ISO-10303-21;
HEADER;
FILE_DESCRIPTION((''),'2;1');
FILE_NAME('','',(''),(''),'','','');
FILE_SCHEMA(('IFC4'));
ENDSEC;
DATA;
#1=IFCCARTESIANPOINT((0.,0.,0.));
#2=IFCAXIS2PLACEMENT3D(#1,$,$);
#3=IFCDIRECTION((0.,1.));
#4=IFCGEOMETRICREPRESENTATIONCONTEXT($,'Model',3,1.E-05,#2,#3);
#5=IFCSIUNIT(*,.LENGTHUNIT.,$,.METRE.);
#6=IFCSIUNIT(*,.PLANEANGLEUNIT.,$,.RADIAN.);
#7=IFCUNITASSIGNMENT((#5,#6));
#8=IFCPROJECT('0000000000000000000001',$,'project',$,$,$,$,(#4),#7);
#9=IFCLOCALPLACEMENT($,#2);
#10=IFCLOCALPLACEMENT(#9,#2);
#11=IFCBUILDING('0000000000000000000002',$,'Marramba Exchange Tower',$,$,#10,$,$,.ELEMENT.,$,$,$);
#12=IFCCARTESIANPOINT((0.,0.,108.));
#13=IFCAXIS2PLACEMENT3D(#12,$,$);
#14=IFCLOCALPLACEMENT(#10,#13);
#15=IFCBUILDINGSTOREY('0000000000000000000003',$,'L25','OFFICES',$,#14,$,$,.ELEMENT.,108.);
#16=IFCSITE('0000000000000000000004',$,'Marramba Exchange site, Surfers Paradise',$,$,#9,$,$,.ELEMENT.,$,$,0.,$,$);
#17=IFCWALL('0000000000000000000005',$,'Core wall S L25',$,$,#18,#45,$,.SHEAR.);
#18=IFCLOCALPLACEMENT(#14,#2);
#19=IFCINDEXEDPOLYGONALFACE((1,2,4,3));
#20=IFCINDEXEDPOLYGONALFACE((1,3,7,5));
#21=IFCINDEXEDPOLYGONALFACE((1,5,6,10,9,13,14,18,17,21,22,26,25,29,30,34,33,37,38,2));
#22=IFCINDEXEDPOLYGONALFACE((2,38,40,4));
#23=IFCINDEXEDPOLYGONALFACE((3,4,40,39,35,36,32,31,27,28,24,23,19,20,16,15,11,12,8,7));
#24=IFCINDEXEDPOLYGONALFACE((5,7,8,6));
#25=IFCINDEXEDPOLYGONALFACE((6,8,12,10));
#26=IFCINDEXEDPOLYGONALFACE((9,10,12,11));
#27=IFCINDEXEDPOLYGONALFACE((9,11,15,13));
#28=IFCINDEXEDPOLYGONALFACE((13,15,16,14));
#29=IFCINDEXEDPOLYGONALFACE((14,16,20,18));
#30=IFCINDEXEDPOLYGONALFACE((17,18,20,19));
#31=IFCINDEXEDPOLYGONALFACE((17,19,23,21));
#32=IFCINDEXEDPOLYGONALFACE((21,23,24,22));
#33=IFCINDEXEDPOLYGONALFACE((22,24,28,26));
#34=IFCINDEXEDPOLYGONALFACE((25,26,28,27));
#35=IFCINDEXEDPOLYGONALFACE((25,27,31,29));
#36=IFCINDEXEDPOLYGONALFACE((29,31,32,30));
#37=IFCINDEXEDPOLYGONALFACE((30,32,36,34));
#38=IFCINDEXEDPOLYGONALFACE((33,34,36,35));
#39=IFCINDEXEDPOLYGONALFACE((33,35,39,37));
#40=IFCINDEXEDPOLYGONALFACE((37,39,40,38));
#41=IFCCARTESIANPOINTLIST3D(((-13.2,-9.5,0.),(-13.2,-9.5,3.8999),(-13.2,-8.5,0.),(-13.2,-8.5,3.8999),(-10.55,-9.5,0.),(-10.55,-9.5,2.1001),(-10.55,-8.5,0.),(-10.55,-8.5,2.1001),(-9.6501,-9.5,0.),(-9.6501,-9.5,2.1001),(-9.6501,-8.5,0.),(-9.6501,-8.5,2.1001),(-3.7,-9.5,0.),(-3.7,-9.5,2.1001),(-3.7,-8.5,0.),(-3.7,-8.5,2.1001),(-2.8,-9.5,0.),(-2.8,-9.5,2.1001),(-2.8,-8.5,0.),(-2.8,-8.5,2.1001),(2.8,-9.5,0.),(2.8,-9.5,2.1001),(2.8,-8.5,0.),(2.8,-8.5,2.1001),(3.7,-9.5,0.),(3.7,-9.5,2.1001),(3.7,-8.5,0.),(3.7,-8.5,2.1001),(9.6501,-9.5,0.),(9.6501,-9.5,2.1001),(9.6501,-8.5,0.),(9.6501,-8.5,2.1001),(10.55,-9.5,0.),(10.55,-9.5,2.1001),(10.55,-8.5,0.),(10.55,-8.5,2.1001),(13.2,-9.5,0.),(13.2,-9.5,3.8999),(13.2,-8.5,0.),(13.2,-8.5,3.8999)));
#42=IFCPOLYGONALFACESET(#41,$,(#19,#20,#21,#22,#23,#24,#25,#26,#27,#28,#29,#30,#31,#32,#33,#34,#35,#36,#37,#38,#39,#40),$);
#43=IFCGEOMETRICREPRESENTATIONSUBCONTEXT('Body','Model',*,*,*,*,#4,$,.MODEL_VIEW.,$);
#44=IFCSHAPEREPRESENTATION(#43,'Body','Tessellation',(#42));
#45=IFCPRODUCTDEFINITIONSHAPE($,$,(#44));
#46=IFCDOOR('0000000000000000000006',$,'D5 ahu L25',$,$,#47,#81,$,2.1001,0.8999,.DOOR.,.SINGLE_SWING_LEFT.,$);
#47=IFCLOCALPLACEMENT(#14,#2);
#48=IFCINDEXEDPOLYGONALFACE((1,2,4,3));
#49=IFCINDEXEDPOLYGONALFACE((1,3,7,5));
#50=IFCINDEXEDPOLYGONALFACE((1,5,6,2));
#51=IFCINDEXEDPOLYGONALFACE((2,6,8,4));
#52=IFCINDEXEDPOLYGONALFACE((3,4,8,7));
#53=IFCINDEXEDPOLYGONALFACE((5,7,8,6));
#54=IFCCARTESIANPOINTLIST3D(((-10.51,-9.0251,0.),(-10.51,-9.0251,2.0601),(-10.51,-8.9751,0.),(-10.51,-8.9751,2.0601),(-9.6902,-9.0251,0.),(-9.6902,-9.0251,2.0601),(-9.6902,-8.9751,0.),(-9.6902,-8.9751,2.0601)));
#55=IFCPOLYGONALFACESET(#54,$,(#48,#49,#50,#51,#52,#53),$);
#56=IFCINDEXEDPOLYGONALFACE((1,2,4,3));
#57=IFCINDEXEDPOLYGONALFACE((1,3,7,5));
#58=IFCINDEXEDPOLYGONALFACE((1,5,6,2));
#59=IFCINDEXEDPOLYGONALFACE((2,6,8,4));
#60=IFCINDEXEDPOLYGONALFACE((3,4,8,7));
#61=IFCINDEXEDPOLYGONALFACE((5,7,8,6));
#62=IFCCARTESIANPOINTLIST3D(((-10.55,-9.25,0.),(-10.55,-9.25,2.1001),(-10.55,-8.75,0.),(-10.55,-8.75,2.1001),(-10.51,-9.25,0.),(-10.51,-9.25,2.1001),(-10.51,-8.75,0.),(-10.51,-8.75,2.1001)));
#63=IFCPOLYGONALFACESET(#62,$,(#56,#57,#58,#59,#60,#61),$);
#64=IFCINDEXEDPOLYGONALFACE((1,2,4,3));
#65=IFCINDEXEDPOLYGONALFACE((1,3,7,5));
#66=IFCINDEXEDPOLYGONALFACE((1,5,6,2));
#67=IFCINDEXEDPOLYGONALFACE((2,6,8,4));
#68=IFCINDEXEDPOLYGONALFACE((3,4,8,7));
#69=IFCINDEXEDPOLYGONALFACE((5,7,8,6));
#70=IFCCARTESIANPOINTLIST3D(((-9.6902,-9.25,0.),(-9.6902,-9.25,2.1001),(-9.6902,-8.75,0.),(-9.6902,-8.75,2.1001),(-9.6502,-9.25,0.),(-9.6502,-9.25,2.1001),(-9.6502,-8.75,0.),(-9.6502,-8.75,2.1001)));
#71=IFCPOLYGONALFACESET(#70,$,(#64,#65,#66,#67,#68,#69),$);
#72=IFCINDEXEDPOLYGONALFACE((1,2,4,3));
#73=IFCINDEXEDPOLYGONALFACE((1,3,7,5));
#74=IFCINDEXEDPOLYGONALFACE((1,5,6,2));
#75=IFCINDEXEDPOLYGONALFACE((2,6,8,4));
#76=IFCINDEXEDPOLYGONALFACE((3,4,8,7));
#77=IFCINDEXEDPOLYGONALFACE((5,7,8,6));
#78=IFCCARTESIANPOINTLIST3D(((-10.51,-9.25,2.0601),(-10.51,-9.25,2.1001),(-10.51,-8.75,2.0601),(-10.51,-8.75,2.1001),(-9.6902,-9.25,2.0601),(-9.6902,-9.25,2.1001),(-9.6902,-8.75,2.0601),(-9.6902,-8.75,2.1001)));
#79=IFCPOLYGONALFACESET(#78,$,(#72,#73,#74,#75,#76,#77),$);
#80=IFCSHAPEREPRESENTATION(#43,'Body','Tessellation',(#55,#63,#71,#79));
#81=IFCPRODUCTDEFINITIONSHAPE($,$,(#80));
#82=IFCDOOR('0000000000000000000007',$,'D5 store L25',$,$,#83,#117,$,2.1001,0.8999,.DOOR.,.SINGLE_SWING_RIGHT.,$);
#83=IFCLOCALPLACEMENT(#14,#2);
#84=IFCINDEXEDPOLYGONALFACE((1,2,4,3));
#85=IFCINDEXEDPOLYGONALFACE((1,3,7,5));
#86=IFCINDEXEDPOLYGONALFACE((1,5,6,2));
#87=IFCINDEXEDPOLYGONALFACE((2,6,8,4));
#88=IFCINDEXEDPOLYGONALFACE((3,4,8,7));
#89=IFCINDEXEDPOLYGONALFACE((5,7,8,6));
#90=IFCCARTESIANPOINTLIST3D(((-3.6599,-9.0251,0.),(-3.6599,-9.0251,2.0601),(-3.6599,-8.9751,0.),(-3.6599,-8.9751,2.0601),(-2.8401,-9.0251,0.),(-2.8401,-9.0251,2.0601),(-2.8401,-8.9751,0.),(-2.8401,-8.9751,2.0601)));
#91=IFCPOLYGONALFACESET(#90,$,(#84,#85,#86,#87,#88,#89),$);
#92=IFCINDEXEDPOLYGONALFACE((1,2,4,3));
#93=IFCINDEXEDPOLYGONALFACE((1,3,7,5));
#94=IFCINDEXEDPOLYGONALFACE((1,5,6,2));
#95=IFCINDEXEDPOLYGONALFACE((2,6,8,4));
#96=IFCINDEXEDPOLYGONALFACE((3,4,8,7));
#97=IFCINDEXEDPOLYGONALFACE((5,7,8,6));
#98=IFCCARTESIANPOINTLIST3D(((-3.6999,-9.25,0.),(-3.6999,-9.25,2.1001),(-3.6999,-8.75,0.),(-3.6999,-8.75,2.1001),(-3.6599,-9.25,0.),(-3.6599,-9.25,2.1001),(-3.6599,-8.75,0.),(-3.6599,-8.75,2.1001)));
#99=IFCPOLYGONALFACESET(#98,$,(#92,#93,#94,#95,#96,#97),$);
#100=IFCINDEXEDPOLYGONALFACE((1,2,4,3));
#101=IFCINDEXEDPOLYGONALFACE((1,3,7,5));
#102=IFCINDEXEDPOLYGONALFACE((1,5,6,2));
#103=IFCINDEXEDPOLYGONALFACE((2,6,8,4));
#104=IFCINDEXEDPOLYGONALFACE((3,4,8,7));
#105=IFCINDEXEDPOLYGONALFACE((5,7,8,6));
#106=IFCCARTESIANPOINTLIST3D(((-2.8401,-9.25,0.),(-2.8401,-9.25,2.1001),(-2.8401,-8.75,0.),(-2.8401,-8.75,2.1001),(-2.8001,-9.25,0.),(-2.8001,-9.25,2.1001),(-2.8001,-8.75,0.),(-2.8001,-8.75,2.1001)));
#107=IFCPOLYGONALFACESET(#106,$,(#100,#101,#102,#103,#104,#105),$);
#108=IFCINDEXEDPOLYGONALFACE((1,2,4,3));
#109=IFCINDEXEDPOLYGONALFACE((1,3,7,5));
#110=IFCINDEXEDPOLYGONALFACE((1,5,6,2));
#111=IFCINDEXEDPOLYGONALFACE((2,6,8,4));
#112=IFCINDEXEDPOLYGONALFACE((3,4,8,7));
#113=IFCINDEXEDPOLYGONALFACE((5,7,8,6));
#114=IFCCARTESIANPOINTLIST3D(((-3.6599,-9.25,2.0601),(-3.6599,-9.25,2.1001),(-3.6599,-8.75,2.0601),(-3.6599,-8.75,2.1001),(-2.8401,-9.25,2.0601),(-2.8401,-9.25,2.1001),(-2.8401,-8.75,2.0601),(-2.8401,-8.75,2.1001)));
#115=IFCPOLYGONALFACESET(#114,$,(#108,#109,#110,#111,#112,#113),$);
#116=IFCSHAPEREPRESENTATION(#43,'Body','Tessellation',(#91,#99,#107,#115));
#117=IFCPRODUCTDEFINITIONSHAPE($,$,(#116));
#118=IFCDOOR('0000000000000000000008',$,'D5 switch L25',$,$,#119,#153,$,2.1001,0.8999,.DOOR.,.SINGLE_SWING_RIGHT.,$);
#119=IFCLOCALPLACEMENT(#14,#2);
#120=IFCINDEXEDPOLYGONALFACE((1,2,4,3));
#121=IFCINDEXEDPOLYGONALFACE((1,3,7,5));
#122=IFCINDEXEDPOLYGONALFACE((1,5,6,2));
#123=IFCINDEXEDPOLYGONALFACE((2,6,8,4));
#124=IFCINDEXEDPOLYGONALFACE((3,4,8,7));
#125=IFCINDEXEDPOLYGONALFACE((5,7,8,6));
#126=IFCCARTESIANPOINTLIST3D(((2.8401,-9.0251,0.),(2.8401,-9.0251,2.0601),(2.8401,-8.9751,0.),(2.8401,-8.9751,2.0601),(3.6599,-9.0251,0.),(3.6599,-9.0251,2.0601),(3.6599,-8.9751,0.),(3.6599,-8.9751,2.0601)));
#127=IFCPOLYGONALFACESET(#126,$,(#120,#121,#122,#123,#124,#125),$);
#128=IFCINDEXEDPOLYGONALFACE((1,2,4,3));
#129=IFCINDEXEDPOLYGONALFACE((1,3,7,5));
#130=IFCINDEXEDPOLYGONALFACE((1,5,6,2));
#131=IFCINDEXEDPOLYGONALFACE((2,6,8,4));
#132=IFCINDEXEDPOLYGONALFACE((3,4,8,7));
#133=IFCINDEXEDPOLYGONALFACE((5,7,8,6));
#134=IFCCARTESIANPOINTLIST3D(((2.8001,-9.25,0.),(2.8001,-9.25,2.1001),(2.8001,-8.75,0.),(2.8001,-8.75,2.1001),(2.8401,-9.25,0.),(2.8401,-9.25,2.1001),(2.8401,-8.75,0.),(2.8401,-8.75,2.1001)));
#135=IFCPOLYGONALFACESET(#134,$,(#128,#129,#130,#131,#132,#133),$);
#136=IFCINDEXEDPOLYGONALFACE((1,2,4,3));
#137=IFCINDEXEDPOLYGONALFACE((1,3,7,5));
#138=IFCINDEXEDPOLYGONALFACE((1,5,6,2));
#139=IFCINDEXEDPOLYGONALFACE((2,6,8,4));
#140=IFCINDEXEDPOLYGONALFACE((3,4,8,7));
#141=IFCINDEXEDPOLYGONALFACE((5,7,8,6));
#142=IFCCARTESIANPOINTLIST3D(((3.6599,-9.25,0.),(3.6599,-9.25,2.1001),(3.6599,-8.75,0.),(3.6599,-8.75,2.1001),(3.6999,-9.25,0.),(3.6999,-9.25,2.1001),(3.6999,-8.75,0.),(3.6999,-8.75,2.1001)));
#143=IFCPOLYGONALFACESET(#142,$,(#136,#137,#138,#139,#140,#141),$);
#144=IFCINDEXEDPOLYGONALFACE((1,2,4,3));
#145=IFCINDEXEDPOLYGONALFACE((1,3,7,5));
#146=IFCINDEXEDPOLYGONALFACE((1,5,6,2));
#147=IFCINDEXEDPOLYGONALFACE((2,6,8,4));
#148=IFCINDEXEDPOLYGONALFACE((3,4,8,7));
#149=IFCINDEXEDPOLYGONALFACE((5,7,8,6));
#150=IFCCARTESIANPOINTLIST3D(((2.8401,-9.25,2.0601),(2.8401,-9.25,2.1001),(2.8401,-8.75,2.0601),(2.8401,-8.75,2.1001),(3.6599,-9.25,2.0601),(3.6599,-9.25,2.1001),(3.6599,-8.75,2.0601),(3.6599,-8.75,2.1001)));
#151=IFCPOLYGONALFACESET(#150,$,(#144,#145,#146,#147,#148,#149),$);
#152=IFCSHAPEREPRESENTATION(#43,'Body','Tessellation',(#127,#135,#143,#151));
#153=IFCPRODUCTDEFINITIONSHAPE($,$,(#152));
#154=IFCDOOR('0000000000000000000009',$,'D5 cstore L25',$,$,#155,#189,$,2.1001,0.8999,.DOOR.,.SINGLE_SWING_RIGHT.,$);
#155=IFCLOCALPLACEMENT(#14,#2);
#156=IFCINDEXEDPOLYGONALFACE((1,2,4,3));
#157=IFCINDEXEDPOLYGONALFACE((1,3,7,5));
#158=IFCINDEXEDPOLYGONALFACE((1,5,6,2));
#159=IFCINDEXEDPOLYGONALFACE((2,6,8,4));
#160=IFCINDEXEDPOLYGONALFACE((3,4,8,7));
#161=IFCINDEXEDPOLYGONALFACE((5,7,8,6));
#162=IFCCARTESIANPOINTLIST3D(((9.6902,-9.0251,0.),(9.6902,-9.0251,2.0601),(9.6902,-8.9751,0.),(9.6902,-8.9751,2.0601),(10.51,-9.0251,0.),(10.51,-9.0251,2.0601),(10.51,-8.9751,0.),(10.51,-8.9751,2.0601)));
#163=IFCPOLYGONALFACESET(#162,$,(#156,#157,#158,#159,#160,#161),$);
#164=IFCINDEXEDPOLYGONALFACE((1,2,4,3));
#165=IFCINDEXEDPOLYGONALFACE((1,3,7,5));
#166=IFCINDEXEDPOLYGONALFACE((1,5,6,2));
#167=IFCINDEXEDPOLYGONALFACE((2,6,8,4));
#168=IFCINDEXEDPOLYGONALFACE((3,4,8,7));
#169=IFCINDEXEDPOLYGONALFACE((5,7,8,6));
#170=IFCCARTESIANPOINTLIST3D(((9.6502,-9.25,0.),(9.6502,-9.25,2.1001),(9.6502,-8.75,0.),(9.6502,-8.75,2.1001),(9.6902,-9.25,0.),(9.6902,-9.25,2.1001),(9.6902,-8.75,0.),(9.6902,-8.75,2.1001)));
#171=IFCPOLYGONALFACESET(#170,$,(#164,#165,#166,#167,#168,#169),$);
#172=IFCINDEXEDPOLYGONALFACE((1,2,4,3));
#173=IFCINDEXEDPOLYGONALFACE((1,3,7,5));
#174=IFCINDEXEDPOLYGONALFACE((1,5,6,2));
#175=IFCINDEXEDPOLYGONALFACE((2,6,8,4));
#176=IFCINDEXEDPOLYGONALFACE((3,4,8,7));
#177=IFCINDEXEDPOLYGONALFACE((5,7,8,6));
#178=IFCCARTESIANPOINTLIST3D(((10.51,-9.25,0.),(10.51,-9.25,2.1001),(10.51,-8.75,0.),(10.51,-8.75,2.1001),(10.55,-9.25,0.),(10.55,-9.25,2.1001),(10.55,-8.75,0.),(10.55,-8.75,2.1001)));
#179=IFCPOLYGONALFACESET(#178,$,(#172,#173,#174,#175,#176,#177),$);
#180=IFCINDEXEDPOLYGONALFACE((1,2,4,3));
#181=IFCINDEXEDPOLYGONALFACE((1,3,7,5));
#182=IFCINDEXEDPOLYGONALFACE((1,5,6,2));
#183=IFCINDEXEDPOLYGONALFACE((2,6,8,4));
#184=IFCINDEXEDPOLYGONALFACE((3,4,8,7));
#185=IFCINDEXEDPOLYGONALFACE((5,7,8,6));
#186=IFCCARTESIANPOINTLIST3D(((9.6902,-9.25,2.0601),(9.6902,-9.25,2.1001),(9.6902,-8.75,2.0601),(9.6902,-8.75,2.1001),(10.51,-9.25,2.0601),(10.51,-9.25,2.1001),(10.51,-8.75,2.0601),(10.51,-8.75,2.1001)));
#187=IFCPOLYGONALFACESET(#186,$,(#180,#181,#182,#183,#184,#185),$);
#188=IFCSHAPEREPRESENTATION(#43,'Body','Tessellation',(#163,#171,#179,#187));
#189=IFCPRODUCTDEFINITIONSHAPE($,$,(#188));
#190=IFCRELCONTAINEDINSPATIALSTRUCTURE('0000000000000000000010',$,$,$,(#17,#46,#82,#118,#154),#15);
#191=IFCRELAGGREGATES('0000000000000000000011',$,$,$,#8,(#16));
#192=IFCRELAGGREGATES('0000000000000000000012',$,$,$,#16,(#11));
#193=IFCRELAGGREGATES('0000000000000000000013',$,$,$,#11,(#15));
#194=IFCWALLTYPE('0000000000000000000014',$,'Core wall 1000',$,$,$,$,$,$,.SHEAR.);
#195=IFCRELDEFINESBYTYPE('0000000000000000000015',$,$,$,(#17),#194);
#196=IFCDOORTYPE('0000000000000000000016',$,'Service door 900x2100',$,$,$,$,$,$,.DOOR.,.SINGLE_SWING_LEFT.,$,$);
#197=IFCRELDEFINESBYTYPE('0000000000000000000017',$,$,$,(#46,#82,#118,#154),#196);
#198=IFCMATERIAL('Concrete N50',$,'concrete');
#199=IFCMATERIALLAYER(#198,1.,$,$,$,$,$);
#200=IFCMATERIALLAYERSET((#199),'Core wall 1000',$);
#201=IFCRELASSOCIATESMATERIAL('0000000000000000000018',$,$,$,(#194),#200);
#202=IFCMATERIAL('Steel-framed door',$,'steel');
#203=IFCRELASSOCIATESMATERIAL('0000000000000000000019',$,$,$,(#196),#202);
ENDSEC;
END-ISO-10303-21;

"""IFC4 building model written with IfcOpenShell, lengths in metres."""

from ifc_helpers import new_model, si_unit, direction, frame, frame_2d, origin, place, context, subcontext, project, spatial, rectangle, extrude, material, layer, layer_set, type_object, element, fill, save


model = new_model("IFC4")

# Units and contexts
model_context = context("Model", 3, precision=1e-05, world=origin(), true_north=direction((0.0, 1.0)))
body_context = subcontext(model_context, "Body", "Model", "MODEL_VIEW")
ifc_project = project(units=[si_unit("LENGTHUNIT", "METRE"), si_unit("PLANEANGLEUNIT", "RADIAN")], contexts=[model_context])

# Site, building, storey
site_placement = place(None, origin())
site = spatial("IfcSite", under=ifc_project, at=site_placement, Name="Marramba Exchange site, Surfers Paradise", CompositionType="ELEMENT", RefElevation=0.0)
building_placement = place(site_placement, origin())
building = spatial("IfcBuilding", under=site, at=building_placement, Name="Marramba Exchange Tower", CompositionType="ELEMENT")
storey_placement = place(building_placement, frame((0.0, 0.0, 108.0)))
storey = spatial("IfcBuildingStorey", under=building, at=storey_placement, Name="L25", Description="OFFICES", CompositionType="ELEMENT", Elevation=108.0)

# Shared definitions
ifc_material_1 = material(Name="Concrete N50", Category="concrete")

# Wall, openings, doors
ifc_layer_1 = layer(ifc_material_1, 1.0)
ifc_layer_set_1 = layer_set([ifc_layer_1], Name="Core wall 1000")
wall_type_1 = type_object("IfcWallType", Name="Core wall 1000", PredefinedType="SHEAR", material=ifc_layer_set_1)
wall_1_placement = place(storey_placement, frame((-13.2, -9.0, 0.0), z_axis=(0.0, 0.0, 1.0), x_axis=(1.0, 0.0, 0.0)))
wall_1 = element("IfcWall", 1, at=wall_1_placement, inside=storey, type_object=wall_type_1, Name="Core wall S L25", PredefinedType="SHEAR", context=body_context, shape_type="SweptSolid", body=[
    extrude(rectangle(XDim=26.3999, YDim=1.0, at=frame_2d((13.2, 0.0))), origin(), (0.0, 0.0, 1.0), 3.8999),
])
opening_1_placement = place(wall_1_placement, frame((2.6499, 0.0, 0.0)))
opening_1 = element("IfcOpeningElement", 2, at=opening_1_placement, cuts=wall_1, PredefinedType="OPENING", context=body_context, shape_type="SweptSolid", body=[
    extrude(rectangle(XDim=0.8999, YDim=2.1001, at=frame_2d((0.45, 1.05))), frame((0.0, 0.51, 0.0), z_axis=(0.0, -1.0, 0.0), x_axis=(1.0, 0.0, 0.0)), (0.0, 0.0, 1.0), 1.02),
])
opening_2_placement = place(wall_1_placement, frame((9.5, 0.0, 0.0)))
opening_2 = element("IfcOpeningElement", 3, at=opening_2_placement, cuts=wall_1, PredefinedType="OPENING", context=body_context, shape_type="SweptSolid", body=[
    extrude(rectangle(XDim=0.8999, YDim=2.1001, at=frame_2d((0.45, 1.05))), frame((0.0, 0.51, 0.0), z_axis=(0.0, -1.0, 0.0), x_axis=(1.0, 0.0, 0.0)), (0.0, 0.0, 1.0), 1.02),
])
opening_3_placement = place(wall_1_placement, frame((16.0, 0.0, 0.0)))
opening_3 = element("IfcOpeningElement", 4, at=opening_3_placement, cuts=wall_1, PredefinedType="OPENING", context=body_context, shape_type="SweptSolid", body=[
    extrude(rectangle(XDim=0.8999, YDim=2.1001, at=frame_2d((0.45, 1.05))), frame((0.0, 0.51, 0.0), z_axis=(0.0, -1.0, 0.0), x_axis=(1.0, 0.0, 0.0)), (0.0, 0.0, 1.0), 1.02),
])
opening_4_placement = place(wall_1_placement, frame((22.8501, 0.0, 0.0)))
opening_4 = element("IfcOpeningElement", 5, at=opening_4_placement, cuts=wall_1, PredefinedType="OPENING", context=body_context, shape_type="SweptSolid", body=[
    extrude(rectangle(XDim=0.8999, YDim=2.1001, at=frame_2d((0.45, 1.05))), frame((0.0, 0.51, 0.0), z_axis=(0.0, -1.0, 0.0), x_axis=(1.0, 0.0, 0.0)), (0.0, 0.0, 1.0), 1.02),
])
ifc_material_2 = material(Name="Steel-framed door", Category="steel")
door_type = type_object("IfcDoorType", Name="Service door 900x2100", OperationType="SINGLE_SWING_LEFT", PredefinedType="DOOR", material=ifc_material_2)
door_1_placement = place(opening_1_placement, origin())
door_1 = element("IfcDoor", 6, at=door_1_placement, inside=storey, type_object=door_type, Name="D5 ahu L25", OperationType="SINGLE_SWING_LEFT", OverallHeight=2.1001, OverallWidth=0.8999, PredefinedType="DOOR", context=body_context, shape_type="SweptSolid", body=[
    extrude(rectangle(XDim=0.8198, YDim=2.0601, at=frame_2d((0.45, 1.03))), frame((0.0, 0.0249, 0.0), z_axis=(0.0, -1.0, 0.0), x_axis=(1.0, 0.0, 0.0)), (0.0, 0.0, 1.0), 0.05),
    extrude(rectangle(XDim=0.04, YDim=2.1001, at=frame_2d((0.02, 1.05))), frame((0.0, 0.25, 0.0), z_axis=(0.0, -1.0, 0.0), x_axis=(1.0, 0.0, 0.0)), (0.0, 0.0, 1.0), 0.5),
    extrude(rectangle(XDim=0.04, YDim=2.1001, at=frame_2d((0.8799, 1.05))), frame((0.0, 0.25, 0.0), z_axis=(0.0, -1.0, 0.0), x_axis=(1.0, 0.0, 0.0)), (0.0, 0.0, 1.0), 0.5),
    extrude(rectangle(XDim=0.8198, YDim=0.04, at=frame_2d((0.45, 2.0801))), frame((0.0, 0.25, 0.0), z_axis=(0.0, -1.0, 0.0), x_axis=(1.0, 0.0, 0.0)), (0.0, 0.0, 1.0), 0.5),
])
fill(opening_1, door_1)
door_2_placement = place(opening_2_placement, origin())
door_2 = element("IfcDoor", 7, at=door_2_placement, inside=storey, type_object=door_type, Name="D5 store L25", OperationType="SINGLE_SWING_RIGHT", OverallHeight=2.1001, OverallWidth=0.8999, PredefinedType="DOOR", context=body_context, shape_type="SweptSolid", body=[
    extrude(rectangle(XDim=0.8198, YDim=2.0601, at=frame_2d((0.45, 1.03))), frame((0.0, 0.0249, 0.0), z_axis=(0.0, -1.0, 0.0), x_axis=(1.0, 0.0, 0.0)), (0.0, 0.0, 1.0), 0.05),
    extrude(rectangle(XDim=0.04, YDim=2.1001, at=frame_2d((0.02, 1.05))), frame((0.0, 0.25, 0.0), z_axis=(0.0, -1.0, 0.0), x_axis=(1.0, 0.0, 0.0)), (0.0, 0.0, 1.0), 0.5),
    extrude(rectangle(XDim=0.04, YDim=2.1001, at=frame_2d((0.8799, 1.05))), frame((0.0, 0.25, 0.0), z_axis=(0.0, -1.0, 0.0), x_axis=(1.0, 0.0, 0.0)), (0.0, 0.0, 1.0), 0.5),
    extrude(rectangle(XDim=0.8198, YDim=0.04, at=frame_2d((0.45, 2.0801))), frame((0.0, 0.25, 0.0), z_axis=(0.0, -1.0, 0.0), x_axis=(1.0, 0.0, 0.0)), (0.0, 0.0, 1.0), 0.5),
])
fill(opening_2, door_2)
door_3_placement = place(opening_3_placement, origin())
door_3 = element("IfcDoor", 8, at=door_3_placement, inside=storey, type_object=door_type, Name="D5 switch L25", OperationType="SINGLE_SWING_RIGHT", OverallHeight=2.1001, OverallWidth=0.8999, PredefinedType="DOOR", context=body_context, shape_type="SweptSolid", body=[
    extrude(rectangle(XDim=0.8198, YDim=2.0601, at=frame_2d((0.45, 1.03))), frame((0.0, 0.0249, 0.0), z_axis=(0.0, -1.0, 0.0), x_axis=(1.0, 0.0, 0.0)), (0.0, 0.0, 1.0), 0.05),
    extrude(rectangle(XDim=0.04, YDim=2.1001, at=frame_2d((0.02, 1.05))), frame((0.0, 0.25, 0.0), z_axis=(0.0, -1.0, 0.0), x_axis=(1.0, 0.0, 0.0)), (0.0, 0.0, 1.0), 0.5),
    extrude(rectangle(XDim=0.04, YDim=2.1001, at=frame_2d((0.8799, 1.05))), frame((0.0, 0.25, 0.0), z_axis=(0.0, -1.0, 0.0), x_axis=(1.0, 0.0, 0.0)), (0.0, 0.0, 1.0), 0.5),
    extrude(rectangle(XDim=0.8198, YDim=0.04, at=frame_2d((0.45, 2.0801))), frame((0.0, 0.25, 0.0), z_axis=(0.0, -1.0, 0.0), x_axis=(1.0, 0.0, 0.0)), (0.0, 0.0, 1.0), 0.5),
])
fill(opening_3, door_3)
door_4_placement = place(opening_4_placement, origin())
door_4 = element("IfcDoor", 9, at=door_4_placement, inside=storey, type_object=door_type, Name="D5 cstore L25", OperationType="SINGLE_SWING_RIGHT", OverallHeight=2.1001, OverallWidth=0.8999, PredefinedType="DOOR", context=body_context, shape_type="SweptSolid", body=[
    extrude(rectangle(XDim=0.8198, YDim=2.0601, at=frame_2d((0.45, 1.03))), frame((0.0, 0.0249, 0.0), z_axis=(0.0, -1.0, 0.0), x_axis=(1.0, 0.0, 0.0)), (0.0, 0.0, 1.0), 0.05),
    extrude(rectangle(XDim=0.04, YDim=2.1001, at=frame_2d((0.02, 1.05))), frame((0.0, 0.25, 0.0), z_axis=(0.0, -1.0, 0.0), x_axis=(1.0, 0.0, 0.0)), (0.0, 0.0, 1.0), 0.5),
    extrude(rectangle(XDim=0.04, YDim=2.1001, at=frame_2d((0.8799, 1.05))), frame((0.0, 0.25, 0.0), z_axis=(0.0, -1.0, 0.0), x_axis=(1.0, 0.0, 0.0)), (0.0, 0.0, 1.0), 0.5),
    extrude(rectangle(XDim=0.8198, YDim=0.04, at=frame_2d((0.45, 2.0801))), frame((0.0, 0.25, 0.0), z_axis=(0.0, -1.0, 0.0), x_axis=(1.0, 0.0, 0.0)), (0.0, 0.0, 1.0), 0.5),
])
fill(opening_4, door_4)

save(model, "model.ifc")
